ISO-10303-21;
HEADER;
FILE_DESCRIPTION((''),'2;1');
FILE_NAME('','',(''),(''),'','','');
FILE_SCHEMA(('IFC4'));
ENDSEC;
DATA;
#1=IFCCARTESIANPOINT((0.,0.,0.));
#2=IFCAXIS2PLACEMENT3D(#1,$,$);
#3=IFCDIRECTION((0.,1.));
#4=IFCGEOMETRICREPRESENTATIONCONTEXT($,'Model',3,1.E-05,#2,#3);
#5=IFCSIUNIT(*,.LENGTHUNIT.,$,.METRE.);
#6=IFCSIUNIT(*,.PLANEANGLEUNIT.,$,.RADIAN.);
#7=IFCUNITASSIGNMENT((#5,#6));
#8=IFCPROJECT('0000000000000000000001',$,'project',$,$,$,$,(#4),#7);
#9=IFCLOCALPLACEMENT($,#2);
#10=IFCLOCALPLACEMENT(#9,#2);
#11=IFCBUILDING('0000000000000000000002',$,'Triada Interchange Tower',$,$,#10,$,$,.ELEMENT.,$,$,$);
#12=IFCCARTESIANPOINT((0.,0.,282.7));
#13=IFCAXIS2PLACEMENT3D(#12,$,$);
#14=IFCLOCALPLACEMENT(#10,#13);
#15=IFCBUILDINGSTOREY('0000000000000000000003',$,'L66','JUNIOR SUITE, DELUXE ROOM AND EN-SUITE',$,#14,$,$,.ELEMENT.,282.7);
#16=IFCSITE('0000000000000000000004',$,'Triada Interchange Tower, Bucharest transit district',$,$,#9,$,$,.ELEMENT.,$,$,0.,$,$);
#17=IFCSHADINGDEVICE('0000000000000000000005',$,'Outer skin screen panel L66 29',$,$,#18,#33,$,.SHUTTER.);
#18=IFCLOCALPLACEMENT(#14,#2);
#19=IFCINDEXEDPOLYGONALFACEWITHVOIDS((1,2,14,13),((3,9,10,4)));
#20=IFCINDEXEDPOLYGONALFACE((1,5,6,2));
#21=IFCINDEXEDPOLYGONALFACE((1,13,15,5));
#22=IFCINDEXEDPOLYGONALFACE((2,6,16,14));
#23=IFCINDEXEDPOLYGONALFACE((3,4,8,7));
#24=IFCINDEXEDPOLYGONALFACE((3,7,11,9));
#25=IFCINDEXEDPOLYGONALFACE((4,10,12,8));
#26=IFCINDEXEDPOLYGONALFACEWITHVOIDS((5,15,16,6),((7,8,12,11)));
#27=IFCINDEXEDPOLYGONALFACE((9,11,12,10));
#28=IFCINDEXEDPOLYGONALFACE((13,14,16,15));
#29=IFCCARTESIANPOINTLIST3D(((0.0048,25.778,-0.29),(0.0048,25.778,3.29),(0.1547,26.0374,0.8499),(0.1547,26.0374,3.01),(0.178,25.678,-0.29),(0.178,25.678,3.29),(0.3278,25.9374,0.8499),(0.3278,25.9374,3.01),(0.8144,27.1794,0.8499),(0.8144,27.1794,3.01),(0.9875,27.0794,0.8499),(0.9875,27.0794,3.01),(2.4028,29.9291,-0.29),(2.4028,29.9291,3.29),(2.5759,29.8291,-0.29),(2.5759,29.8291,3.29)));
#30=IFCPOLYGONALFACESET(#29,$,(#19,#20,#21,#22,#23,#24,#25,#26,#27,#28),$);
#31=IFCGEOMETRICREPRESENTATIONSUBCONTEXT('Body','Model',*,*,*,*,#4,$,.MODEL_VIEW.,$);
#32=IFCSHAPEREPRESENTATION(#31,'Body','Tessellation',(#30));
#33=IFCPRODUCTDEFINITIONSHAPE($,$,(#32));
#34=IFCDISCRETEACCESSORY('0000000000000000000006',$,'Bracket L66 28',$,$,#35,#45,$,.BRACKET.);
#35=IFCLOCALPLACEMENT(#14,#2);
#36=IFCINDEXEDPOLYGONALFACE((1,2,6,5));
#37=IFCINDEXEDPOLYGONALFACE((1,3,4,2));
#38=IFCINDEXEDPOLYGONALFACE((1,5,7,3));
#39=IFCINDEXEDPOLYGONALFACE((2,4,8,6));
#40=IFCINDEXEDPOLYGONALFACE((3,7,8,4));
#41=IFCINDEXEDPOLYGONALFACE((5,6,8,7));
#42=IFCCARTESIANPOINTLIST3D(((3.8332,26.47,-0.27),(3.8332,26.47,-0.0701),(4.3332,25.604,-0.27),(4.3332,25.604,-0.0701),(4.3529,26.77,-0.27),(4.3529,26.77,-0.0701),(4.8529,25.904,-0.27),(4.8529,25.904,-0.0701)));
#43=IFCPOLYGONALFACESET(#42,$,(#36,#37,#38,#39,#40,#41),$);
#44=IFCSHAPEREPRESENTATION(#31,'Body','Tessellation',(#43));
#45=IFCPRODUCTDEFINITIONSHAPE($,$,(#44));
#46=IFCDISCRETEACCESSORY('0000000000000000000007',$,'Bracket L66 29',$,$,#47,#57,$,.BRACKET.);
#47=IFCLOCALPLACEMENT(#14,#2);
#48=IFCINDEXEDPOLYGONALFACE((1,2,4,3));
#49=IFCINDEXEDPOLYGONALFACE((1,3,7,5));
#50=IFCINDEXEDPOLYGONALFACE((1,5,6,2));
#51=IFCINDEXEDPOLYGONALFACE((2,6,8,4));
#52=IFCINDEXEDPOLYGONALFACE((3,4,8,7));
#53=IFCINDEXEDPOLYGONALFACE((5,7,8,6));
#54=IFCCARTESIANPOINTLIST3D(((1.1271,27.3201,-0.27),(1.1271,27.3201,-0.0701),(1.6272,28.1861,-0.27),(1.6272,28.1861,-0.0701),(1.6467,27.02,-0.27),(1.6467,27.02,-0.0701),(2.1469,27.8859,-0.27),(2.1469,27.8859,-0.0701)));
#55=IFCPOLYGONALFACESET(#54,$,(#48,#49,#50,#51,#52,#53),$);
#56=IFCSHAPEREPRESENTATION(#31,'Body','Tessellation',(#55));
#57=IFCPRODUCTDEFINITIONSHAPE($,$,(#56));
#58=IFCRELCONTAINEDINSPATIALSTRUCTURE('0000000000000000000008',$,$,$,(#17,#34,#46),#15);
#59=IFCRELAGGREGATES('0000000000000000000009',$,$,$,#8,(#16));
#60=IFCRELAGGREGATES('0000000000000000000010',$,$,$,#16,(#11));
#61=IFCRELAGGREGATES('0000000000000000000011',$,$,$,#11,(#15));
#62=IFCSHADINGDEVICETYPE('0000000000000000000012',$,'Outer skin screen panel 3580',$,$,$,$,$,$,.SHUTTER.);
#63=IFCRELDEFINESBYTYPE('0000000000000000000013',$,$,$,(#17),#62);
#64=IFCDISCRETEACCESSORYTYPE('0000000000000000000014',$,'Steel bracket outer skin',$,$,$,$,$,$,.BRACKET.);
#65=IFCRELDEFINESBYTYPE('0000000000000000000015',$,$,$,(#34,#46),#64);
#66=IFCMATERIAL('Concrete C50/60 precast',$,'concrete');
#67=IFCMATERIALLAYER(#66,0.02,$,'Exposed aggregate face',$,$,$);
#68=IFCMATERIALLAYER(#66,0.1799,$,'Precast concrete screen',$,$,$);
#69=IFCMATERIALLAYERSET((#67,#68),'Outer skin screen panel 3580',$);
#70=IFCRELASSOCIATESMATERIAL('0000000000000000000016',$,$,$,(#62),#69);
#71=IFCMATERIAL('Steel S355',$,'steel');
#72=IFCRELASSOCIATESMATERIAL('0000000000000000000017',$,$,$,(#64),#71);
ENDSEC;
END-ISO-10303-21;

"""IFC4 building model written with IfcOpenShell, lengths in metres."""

from ifc_helpers import new_model, si_unit, direction, frame, origin, origin_2d, place, context, subcontext, project, spatial, polyline, rectangle, outline, extrude, material, layer, layer_set, type_object, element, save


model = new_model("IFC4")

# Units and contexts
model_context = context("Model", 3, precision=1e-05, world=origin(), true_north=direction((0.0, 1.0)))
body_context = subcontext(model_context, "Body", "Model", "MODEL_VIEW")
ifc_project = project(units=[si_unit("LENGTHUNIT", "METRE"), si_unit("PLANEANGLEUNIT", "RADIAN")], contexts=[model_context])

# Site, building, storey
site_placement = place(None, origin())
site = spatial("IfcSite", under=ifc_project, at=site_placement, Name="Triada Interchange Tower, Bucharest transit district", CompositionType="ELEMENT", RefElevation=0.0)
building_placement = place(site_placement, origin())
building = spatial("IfcBuilding", under=site, at=building_placement, Name="Triada Interchange Tower", CompositionType="ELEMENT")
storey_placement = place(building_placement, frame((0.0, 0.0, 282.7)))
storey = spatial("IfcBuildingStorey", under=building, at=storey_placement, Name="L66", Description="JUNIOR SUITE, DELUXE ROOM AND EN-SUITE", CompositionType="ELEMENT", Elevation=282.7)

# Shading device
ifc_material_1 = material(Name="Concrete C50/60 precast", Category="concrete")
ifc_layer_1 = layer(ifc_material_1, 0.02, Name="Exposed aggregate face")
ifc_layer_2 = layer(ifc_material_1, 0.1799, Name="Precast concrete screen")
ifc_layer_set_1 = layer_set([ifc_layer_1, ifc_layer_2], Name="Outer skin screen panel 3580")
shading_device_type = type_object("IfcShadingDeviceType", Name="Outer skin screen panel 3580", PredefinedType="SHUTTER", material=ifc_layer_set_1)
shading_device_1_placement = place(storey_placement, frame((2.5759, 29.8291, -0.29), z_axis=(0.0, 0.0, 1.0), x_axis=(-0.500203, -0.865908, 0.0)))
element("IfcShadingDevice", 1, at=shading_device_1_placement, inside=storey, type_object=shading_device_type, Name="Outer skin screen panel L66 29", PredefinedType="SHUTTER", context=body_context, shape_type="SweptSolid", body=[
    extrude(outline(polyline([(0.0, 0.0), (4.7939, 0.0), (4.7939, 3.5801), (0.0, 3.5801), (0.0, 0.0)]), holes=[polyline([(3.1755, 1.1399), (3.1755, 3.3), (4.4944, 3.3), (4.4944, 1.1399), (3.1755, 1.1399)])]), frame((0.0, 0.0, 0.0), z_axis=(0.0, -1.0, 0.0), x_axis=(1.0, 0.0, 0.0)), (0.0, 0.0, 1.0), 0.2),
])

# Discrete accessories
ifc_material_2 = material(Name="Steel S355", Category="steel")
discrete_accessory_type = type_object("IfcDiscreteAccessoryType", Name="Steel bracket outer skin", PredefinedType="BRACKET", material=ifc_material_2)
for number, where, z_axis, x_axis, name in (
    (2, (4.343, 26.187, -0.27), (0.0, 0.0, 1.0), (0.866024, 0.500002, 0.0), "Bracket L66 28"),
    (3, (1.637, 27.603, -0.27), (0.0, 0.0, 1.0), (-0.865956, 0.500119, 0.0), "Bracket L66 29"),
):
    element("IfcDiscreteAccessory", number, at=place(storey_placement, frame(where, z_axis=z_axis, x_axis=x_axis)), inside=storey, type_object=discrete_accessory_type, Name=name, PredefinedType="BRACKET", context=body_context, shape_type="SweptSolid", body=[
        extrude(rectangle(XDim=0.6001, YDim=1.0, at=origin_2d()), origin(), (0.0, 0.0, 1.0), 0.2),
    ])

save(model, "model.ifc")
